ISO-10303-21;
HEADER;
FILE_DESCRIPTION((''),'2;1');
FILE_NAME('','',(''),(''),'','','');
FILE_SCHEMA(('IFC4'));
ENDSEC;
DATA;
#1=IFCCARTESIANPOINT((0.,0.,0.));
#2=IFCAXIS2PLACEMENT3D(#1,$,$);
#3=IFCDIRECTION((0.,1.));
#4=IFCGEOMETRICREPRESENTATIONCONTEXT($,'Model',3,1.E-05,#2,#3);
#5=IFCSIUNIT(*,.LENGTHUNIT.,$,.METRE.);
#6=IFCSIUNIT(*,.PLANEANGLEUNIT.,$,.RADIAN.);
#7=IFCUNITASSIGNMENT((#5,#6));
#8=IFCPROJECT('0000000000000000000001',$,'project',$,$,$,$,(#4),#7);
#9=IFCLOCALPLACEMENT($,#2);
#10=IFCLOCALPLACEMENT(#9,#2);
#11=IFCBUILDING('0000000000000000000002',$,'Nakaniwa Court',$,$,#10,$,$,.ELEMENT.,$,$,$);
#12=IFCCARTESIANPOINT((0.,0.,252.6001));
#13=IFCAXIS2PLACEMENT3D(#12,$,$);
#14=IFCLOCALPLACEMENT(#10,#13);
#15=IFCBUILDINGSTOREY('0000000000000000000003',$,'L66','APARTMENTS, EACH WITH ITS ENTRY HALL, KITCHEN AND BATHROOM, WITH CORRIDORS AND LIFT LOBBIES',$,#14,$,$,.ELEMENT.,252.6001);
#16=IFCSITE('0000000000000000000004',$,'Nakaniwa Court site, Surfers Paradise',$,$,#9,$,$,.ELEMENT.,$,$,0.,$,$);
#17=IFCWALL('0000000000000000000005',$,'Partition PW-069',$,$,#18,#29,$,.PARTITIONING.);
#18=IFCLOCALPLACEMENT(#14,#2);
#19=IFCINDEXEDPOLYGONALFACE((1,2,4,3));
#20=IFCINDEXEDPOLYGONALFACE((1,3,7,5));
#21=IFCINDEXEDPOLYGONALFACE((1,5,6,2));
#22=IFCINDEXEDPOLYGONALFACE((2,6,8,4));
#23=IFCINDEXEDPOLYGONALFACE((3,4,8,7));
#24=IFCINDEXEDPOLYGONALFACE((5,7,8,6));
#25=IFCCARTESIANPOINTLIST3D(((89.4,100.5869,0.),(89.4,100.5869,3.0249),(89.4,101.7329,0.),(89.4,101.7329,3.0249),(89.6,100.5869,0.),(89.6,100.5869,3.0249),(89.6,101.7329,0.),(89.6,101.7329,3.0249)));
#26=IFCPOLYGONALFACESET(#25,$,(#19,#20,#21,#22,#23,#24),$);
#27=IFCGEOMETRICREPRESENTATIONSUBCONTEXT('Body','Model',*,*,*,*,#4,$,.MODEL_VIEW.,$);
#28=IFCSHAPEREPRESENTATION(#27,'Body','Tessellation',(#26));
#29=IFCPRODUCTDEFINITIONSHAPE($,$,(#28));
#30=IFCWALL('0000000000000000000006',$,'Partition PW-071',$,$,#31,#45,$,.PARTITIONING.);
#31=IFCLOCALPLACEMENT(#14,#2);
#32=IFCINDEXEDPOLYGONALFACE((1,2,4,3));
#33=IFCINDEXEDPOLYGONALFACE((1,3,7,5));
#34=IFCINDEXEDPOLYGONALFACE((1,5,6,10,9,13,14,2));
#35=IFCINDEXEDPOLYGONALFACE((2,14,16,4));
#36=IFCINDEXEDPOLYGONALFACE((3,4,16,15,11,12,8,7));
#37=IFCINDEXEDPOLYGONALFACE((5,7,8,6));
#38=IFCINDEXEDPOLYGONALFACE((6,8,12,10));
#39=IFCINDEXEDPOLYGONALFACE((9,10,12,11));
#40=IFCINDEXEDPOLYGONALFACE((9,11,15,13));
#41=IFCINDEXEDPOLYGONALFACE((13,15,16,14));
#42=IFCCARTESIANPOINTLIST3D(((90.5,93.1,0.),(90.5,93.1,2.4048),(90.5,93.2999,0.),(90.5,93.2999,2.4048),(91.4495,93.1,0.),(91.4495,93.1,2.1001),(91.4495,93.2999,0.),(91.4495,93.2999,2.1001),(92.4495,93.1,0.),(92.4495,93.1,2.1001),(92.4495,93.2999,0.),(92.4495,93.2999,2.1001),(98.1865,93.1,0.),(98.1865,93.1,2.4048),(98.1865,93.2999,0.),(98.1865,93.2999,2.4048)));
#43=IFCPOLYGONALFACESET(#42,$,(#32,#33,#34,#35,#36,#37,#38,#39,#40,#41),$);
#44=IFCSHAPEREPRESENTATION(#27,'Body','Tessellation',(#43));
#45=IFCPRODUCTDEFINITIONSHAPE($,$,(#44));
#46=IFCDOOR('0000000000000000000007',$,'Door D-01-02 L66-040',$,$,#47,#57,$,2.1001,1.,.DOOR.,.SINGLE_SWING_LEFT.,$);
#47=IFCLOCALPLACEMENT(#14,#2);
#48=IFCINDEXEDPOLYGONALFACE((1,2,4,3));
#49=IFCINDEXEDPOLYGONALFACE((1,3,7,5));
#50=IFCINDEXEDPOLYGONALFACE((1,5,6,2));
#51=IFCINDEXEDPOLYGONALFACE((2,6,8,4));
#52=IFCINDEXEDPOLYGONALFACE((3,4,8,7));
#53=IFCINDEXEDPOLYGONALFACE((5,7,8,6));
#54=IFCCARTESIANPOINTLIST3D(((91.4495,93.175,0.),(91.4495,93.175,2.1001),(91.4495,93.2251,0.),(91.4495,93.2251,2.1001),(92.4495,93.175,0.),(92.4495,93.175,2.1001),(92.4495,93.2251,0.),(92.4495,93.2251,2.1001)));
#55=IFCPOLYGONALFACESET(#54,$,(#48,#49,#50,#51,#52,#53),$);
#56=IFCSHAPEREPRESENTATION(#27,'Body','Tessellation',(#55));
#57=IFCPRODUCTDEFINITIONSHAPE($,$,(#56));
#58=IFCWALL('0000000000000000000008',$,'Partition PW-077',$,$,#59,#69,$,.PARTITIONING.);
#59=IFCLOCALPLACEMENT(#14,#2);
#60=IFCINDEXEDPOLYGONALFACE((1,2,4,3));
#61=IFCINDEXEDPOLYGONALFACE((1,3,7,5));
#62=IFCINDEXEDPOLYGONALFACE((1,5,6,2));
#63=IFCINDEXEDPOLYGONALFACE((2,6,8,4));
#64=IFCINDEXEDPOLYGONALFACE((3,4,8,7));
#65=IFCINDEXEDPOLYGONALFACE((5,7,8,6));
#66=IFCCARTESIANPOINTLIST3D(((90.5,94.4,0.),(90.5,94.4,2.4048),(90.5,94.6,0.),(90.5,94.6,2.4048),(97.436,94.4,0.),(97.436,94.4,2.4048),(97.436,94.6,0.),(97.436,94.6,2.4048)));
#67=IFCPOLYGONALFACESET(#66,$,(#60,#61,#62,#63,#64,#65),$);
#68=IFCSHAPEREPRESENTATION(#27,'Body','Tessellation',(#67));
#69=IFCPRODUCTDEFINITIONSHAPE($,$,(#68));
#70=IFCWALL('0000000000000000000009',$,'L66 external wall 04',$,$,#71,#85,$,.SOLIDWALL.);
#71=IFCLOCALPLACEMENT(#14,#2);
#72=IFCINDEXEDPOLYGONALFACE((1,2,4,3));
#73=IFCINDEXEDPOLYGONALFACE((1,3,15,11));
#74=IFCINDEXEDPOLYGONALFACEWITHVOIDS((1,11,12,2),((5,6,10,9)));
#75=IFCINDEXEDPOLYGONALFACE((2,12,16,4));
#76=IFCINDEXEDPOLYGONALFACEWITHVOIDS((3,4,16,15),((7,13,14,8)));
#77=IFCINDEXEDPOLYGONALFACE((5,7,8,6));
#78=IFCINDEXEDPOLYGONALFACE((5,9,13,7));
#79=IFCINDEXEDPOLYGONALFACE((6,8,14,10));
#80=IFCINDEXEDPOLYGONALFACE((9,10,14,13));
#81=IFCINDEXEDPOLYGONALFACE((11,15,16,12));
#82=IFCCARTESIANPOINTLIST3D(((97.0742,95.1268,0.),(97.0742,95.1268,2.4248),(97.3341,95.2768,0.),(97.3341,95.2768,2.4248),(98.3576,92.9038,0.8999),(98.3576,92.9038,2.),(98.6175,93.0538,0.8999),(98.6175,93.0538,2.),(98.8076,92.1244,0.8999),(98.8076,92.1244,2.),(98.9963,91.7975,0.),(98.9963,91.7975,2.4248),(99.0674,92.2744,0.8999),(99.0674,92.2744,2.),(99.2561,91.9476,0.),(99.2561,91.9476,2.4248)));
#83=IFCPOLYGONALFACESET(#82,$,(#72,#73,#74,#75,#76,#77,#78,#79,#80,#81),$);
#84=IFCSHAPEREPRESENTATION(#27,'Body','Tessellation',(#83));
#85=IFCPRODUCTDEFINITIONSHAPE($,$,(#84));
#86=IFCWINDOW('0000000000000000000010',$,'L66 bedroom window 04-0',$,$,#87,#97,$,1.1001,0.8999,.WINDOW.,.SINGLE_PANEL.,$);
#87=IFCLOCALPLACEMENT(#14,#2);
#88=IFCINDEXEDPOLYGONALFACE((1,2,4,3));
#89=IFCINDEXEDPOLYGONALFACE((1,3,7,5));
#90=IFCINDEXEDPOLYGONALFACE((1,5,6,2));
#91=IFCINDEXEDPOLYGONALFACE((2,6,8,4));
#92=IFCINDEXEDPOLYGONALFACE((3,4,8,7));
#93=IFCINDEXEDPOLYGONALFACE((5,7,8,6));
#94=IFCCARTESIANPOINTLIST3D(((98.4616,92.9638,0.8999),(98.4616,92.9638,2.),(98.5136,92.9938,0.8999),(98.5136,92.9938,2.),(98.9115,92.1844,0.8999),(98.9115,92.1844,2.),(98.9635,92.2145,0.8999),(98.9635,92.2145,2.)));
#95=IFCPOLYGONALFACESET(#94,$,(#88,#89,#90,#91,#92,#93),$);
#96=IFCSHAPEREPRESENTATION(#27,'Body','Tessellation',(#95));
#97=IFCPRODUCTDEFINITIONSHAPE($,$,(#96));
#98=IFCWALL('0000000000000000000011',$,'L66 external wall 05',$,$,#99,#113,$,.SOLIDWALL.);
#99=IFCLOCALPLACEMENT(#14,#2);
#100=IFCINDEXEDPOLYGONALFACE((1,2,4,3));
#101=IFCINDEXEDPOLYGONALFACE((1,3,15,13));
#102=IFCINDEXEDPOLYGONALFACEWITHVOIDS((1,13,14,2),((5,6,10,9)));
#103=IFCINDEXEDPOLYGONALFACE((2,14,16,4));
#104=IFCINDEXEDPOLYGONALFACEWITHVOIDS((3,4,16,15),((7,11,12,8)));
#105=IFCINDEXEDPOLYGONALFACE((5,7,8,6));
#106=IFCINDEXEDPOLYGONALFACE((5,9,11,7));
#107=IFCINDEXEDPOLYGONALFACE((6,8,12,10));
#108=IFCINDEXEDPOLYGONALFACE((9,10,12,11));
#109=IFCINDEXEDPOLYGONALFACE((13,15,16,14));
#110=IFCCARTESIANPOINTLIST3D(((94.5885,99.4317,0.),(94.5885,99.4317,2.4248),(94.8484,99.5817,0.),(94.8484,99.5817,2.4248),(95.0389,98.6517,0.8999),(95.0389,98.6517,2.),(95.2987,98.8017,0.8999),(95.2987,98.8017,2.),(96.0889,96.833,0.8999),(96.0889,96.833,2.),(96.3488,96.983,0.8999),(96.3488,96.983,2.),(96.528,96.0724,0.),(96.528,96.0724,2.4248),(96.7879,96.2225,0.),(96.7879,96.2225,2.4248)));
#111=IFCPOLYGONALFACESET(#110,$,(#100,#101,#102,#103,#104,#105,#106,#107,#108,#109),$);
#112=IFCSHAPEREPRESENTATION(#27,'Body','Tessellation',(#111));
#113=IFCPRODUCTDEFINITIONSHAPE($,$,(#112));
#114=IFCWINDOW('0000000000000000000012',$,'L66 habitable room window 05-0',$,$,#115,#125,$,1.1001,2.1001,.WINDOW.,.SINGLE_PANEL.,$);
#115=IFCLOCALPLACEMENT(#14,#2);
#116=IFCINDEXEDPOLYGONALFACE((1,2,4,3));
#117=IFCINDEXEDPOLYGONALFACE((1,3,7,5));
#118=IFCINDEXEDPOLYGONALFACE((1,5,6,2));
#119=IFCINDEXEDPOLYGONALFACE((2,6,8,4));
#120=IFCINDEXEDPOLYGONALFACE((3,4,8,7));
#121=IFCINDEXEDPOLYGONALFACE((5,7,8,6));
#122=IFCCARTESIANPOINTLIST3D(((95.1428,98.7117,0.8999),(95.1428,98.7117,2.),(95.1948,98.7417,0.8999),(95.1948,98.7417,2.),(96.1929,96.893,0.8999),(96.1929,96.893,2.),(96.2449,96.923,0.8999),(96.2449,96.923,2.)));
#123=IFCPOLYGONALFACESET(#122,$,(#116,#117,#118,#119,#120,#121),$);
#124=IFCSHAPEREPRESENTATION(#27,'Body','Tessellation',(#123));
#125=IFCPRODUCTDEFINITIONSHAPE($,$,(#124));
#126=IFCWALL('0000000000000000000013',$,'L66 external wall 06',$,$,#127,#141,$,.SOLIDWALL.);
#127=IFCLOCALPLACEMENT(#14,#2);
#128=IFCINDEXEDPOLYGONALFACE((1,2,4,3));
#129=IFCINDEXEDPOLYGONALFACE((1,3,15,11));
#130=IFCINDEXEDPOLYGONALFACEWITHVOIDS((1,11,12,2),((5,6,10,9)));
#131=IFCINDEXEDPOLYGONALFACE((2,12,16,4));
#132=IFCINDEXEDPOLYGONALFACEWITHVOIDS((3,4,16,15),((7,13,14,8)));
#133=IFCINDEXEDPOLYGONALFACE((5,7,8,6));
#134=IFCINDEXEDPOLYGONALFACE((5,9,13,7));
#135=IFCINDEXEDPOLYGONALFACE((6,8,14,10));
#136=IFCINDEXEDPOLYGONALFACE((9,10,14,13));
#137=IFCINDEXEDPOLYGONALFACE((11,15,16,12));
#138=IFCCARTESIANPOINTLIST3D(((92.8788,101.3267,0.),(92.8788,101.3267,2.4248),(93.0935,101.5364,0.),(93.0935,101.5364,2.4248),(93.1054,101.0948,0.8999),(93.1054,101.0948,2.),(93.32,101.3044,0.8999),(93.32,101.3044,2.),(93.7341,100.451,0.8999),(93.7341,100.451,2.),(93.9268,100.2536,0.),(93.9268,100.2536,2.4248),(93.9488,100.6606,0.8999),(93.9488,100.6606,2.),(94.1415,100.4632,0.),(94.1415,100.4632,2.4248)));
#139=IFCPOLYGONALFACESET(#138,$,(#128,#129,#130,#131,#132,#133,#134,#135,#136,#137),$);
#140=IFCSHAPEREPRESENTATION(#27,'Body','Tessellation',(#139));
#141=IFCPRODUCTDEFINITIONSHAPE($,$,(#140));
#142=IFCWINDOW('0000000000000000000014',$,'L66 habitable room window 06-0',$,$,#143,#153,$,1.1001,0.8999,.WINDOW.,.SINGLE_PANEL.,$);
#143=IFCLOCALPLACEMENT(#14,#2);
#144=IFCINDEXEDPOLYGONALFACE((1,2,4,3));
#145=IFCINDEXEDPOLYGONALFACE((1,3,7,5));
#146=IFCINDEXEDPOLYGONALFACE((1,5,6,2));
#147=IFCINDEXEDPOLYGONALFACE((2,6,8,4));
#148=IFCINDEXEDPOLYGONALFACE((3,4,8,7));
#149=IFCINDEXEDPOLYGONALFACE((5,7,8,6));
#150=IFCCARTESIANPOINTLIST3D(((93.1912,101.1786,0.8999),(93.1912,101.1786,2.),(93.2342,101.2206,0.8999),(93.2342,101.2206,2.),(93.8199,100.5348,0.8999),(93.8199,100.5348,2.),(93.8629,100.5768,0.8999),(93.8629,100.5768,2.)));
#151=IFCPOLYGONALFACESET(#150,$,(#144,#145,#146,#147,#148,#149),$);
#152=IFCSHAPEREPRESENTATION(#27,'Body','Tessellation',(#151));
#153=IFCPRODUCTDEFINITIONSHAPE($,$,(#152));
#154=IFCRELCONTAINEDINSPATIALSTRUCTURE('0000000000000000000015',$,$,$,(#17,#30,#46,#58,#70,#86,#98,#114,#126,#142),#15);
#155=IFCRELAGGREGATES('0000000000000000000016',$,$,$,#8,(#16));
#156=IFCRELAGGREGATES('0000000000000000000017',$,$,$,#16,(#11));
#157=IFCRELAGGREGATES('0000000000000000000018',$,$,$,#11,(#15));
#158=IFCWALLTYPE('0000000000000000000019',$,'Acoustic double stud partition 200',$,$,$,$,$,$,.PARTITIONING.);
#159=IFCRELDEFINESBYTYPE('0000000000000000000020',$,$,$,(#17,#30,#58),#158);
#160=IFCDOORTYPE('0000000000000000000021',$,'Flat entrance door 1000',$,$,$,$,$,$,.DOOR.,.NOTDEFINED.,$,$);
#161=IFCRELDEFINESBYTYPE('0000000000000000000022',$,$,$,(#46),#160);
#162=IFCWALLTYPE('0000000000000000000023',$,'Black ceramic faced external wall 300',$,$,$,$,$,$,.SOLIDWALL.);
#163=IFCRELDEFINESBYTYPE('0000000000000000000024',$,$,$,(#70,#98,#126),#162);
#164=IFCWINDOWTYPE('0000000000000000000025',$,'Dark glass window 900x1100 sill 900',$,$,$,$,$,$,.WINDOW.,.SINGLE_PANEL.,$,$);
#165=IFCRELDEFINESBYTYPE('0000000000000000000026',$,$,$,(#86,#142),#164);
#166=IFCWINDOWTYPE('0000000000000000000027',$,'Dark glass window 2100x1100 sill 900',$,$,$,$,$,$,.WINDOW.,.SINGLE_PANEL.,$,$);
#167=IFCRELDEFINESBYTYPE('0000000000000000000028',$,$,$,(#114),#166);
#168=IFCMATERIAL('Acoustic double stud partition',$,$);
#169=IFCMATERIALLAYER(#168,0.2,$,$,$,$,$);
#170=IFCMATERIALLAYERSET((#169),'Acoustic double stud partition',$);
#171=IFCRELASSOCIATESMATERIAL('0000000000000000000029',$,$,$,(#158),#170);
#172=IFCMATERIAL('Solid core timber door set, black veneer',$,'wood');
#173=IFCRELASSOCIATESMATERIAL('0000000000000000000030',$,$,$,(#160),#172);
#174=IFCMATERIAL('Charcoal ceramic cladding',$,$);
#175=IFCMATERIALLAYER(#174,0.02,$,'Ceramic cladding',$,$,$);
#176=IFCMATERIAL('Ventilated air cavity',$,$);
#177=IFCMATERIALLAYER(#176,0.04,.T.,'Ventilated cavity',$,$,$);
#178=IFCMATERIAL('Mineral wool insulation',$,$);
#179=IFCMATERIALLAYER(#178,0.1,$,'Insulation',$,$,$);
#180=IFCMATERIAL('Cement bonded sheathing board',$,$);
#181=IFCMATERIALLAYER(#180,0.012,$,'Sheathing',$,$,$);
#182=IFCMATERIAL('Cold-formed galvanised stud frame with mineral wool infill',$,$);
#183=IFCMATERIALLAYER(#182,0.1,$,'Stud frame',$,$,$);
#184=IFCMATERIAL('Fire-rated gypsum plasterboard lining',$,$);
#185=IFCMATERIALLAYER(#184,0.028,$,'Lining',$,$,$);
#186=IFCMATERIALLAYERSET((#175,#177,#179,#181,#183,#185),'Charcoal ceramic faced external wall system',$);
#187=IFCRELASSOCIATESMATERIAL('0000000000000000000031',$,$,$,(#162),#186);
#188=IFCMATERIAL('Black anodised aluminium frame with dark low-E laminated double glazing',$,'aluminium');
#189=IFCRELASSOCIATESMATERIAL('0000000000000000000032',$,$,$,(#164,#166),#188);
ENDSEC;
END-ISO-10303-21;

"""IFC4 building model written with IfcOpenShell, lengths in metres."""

from ifc_helpers import new_model, si_unit, direction, frame, frame_2d, origin, place, context, subcontext, project, spatial, rectangle, extrude, material, layer, layer_set, type_object, element, fill, save


model = new_model("IFC4")

# Units and contexts
model_context = context("Model", 3, precision=1e-05, world=origin(), true_north=direction((0.0, 1.0)))
body_context = subcontext(model_context, "Body", "Model", "MODEL_VIEW")
ifc_project = project(units=[si_unit("LENGTHUNIT", "METRE"), si_unit("PLANEANGLEUNIT", "RADIAN")], contexts=[model_context])

# Site, building, storey
site_placement = place(None, origin())
site = spatial("IfcSite", under=ifc_project, at=site_placement, Name="Nakaniwa Court site, Surfers Paradise", CompositionType="ELEMENT", RefElevation=0.0)
building_placement = place(site_placement, origin())
building = spatial("IfcBuilding", under=site, at=building_placement, Name="Nakaniwa Court", CompositionType="ELEMENT")
storey_placement = place(building_placement, frame((0.0, 0.0, 252.6001)))
storey = spatial("IfcBuildingStorey", under=building, at=storey_placement, Name="L66", Description="APARTMENTS, EACH WITH ITS ENTRY HALL, KITCHEN AND BATHROOM, WITH CORRIDORS AND LIFT LOBBIES", CompositionType="ELEMENT", Elevation=252.6001)

# Shared definitions
ifc_material_1 = material(Name="Acoustic double stud partition")
ifc_layer_1 = layer(ifc_material_1, 0.2)
ifc_layer_set_1 = layer_set([ifc_layer_1], Name="Acoustic double stud partition")
wall_type_1 = type_object("IfcWallType", Name="Acoustic double stud partition 200", PredefinedType="PARTITIONING", material=ifc_layer_set_1)
ifc_material_2 = material(Name="Solid core timber door set, black veneer", Category="wood")

# Wall
wall_1_placement = place(storey_placement, frame((89.5, 100.5869, 0.0), z_axis=(0.0, 0.0, 1.0), x_axis=(0.0, 1.0, 0.0)))
element("IfcWall", 1, at=wall_1_placement, inside=storey, type_object=wall_type_1, Name="Partition PW-069", PredefinedType="PARTITIONING", context=body_context, shape_type="SweptSolid", body=[
    extrude(rectangle(XDim=1.146, YDim=0.2, at=frame_2d((0.573, 0.0))), origin(), (0.0, 0.0, 1.0), 3.0249),
])

# Wall, opening, door
wall_2_placement = place(storey_placement, frame((98.1865, 93.2, 0.0), z_axis=(0.0, 0.0, 1.0), x_axis=(-1.0, 0.0, 0.0)))
wall_2 = element("IfcWall", 2, at=wall_2_placement, inside=storey, type_object=wall_type_1, Name="Partition PW-071", PredefinedType="PARTITIONING", context=body_context, shape_type="SweptSolid", body=[
    extrude(rectangle(XDim=7.6865, YDim=0.2, at=frame_2d((3.8433, 0.0))), origin(), (0.0, 0.0, 1.0), 2.4048),
])
opening_1_placement = place(wall_2_placement, frame((5.7371, 0.0, 0.0)))
opening_1 = element("IfcOpeningElement", 3, at=opening_1_placement, cuts=wall_2, PredefinedType="OPENING", context=body_context, shape_type="SweptSolid", body=[
    extrude(rectangle(XDim=1.0, YDim=2.1001, at=frame_2d((0.5, 1.05))), frame((0.0, 0.1099, 0.0), z_axis=(0.0, -1.0, 0.0), x_axis=(1.0, 0.0, 0.0)), (0.0, 0.0, 1.0), 0.22),
])
door_type_1 = type_object("IfcDoorType", Name="Flat entrance door 1000", OperationType="NOTDEFINED", PredefinedType="DOOR", material=ifc_material_2)
door_1_placement = place(opening_1_placement, origin())
door_1 = element("IfcDoor", 4, at=door_1_placement, inside=storey, type_object=door_type_1, Name="Door D-01-02 L66-040", OperationType="SINGLE_SWING_LEFT", OverallHeight=2.1001, OverallWidth=1.0, PredefinedType="DOOR", context=body_context, shape_type="SweptSolid", body=[
    extrude(rectangle(XDim=1.0, YDim=2.1001, at=frame_2d((0.5, 1.05))), frame((0.0, 0.0249, 0.0), z_axis=(0.0, -1.0, 0.0), x_axis=(1.0, 0.0, 0.0)), (0.0, 0.0, 1.0), 0.05),
])
fill(opening_1, door_1)

# Wall
wall_3_placement = place(storey_placement, frame((90.5, 94.5, 0.0), z_axis=(0.0, 0.0, 1.0), x_axis=(1.0, 0.0, 0.0)))
element("IfcWall", 5, at=wall_3_placement, inside=storey, type_object=wall_type_1, Name="Partition PW-077", PredefinedType="PARTITIONING", context=body_context, shape_type="SweptSolid", body=[
    extrude(rectangle(XDim=6.936, YDim=0.2, at=frame_2d((3.468, 0.0))), origin(), (0.0, 0.0, 1.0), 2.4048),
])

# Walls, openings, windows
ifc_material_3 = material(Name="Charcoal ceramic cladding")
ifc_layer_2 = layer(ifc_material_3, 0.02, Name="Ceramic cladding")
ifc_material_4 = material(Name="Ventilated air cavity")
ifc_layer_3 = layer(ifc_material_4, 0.04, ventilated=True, Name="Ventilated cavity")
ifc_material_5 = material(Name="Mineral wool insulation")
ifc_layer_4 = layer(ifc_material_5, 0.1, Name="Insulation")
ifc_material_6 = material(Name="Cement bonded sheathing board")
ifc_layer_5 = layer(ifc_material_6, 0.012, Name="Sheathing")
ifc_material_7 = material(Name="Cold-formed galvanised stud frame with mineral wool infill")
ifc_layer_6 = layer(ifc_material_7, 0.1, Name="Stud frame")
ifc_material_8 = material(Name="Fire-rated gypsum plasterboard lining")
ifc_layer_7 = layer(ifc_material_8, 0.028, Name="Lining")
ifc_layer_set_2 = layer_set([ifc_layer_2, ifc_layer_3, ifc_layer_4, ifc_layer_5, ifc_layer_6, ifc_layer_7], Name="Charcoal ceramic faced external wall system")
wall_type_2 = type_object("IfcWallType", Name="Black ceramic faced external wall 300", PredefinedType="SOLIDWALL", material=ifc_layer_set_2)
wall_4_placement = place(storey_placement, frame((99.1262, 91.8726, 0.0), z_axis=(0.0, 0.0, 1.0), x_axis=(-0.499984, 0.866034, 0.0)))
wall_4 = element("IfcWall", 6, at=wall_4_placement, inside=storey, type_object=wall_type_2, Name="L66 external wall 04", PredefinedType="SOLIDWALL", context=body_context, shape_type="SweptSolid", body=[
    extrude(rectangle(XDim=3.8442, YDim=0.3, at=frame_2d((1.9221, 0.0))), origin(), (0.0, 0.0, 1.0), 2.4248),
])
opening_2_placement = place(wall_4_placement, frame((0.3774, 0.0, 0.8999)))
opening_2 = element("IfcOpeningElement", 7, at=opening_2_placement, cuts=wall_4, PredefinedType="OPENING", context=body_context, shape_type="SweptSolid", body=[
    extrude(rectangle(XDim=0.8999, YDim=1.1001, at=frame_2d((0.45, 0.55))), frame((0.0, 0.1599, 0.0), z_axis=(0.0, -1.0, 0.0), x_axis=(1.0, 0.0, 0.0)), (0.0, 0.0, 1.0), 0.3201),
])
ifc_material_9 = material(Name="Black anodised aluminium frame with dark low-E laminated double glazing", Category="aluminium")
window_type_1 = type_object("IfcWindowType", Name="Dark glass window 900x1100 sill 900", PartitioningType="SINGLE_PANEL", PredefinedType="WINDOW", material=ifc_material_9)
window_1_placement = place(opening_2_placement, origin())
window_1 = element("IfcWindow", 8, at=window_1_placement, inside=storey, type_object=window_type_1, Name="L66 bedroom window 04-0", OverallHeight=1.1001, OverallWidth=0.8999, PartitioningType="SINGLE_PANEL", PredefinedType="WINDOW", context=body_context, shape_type="SweptSolid", body=[
    extrude(rectangle(XDim=0.8999, YDim=1.1001, at=frame_2d((0.45, 0.55))), frame((0.0, 0.03, 0.0), z_axis=(0.0, -1.0, 0.0), x_axis=(1.0, 0.0, 0.0)), (0.0, 0.0, 1.0), 0.0601),
])
fill(opening_2, window_1)
wall_5_placement = place(storey_placement, frame((96.658, 96.1475, 0.0), z_axis=(0.0, 0.0, 1.0), x_axis=(-0.500011, 0.866019, 0.0)))
wall_5 = element("IfcWall", 9, at=wall_5_placement, inside=storey, type_object=wall_type_2, Name="L66 external wall 05", PredefinedType="SOLIDWALL", context=body_context, shape_type="SweptSolid", body=[
    extrude(rectangle(XDim=3.8789, YDim=0.3, at=frame_2d((1.9395, 0.0))), origin(), (0.0, 0.0, 1.0), 2.4248),
])
opening_3_placement = place(wall_5_placement, frame((0.8782, 0.0, 0.8999)))
opening_3 = element("IfcOpeningElement", 10, at=opening_3_placement, cuts=wall_5, PredefinedType="OPENING", context=body_context, shape_type="SweptSolid", body=[
    extrude(rectangle(XDim=2.1001, YDim=1.1001, at=frame_2d((1.05, 0.55))), frame((0.0, 0.1599, 0.0), z_axis=(0.0, -1.0, 0.0), x_axis=(1.0, 0.0, 0.0)), (0.0, 0.0, 1.0), 0.3201),
])
window_type_2 = type_object("IfcWindowType", Name="Dark glass window 2100x1100 sill 900", PartitioningType="SINGLE_PANEL", PredefinedType="WINDOW", material=ifc_material_9)
window_2_placement = place(opening_3_placement, origin())
window_2 = element("IfcWindow", 11, at=window_2_placement, inside=storey, type_object=window_type_2, Name="L66 habitable room window 05-0", OverallHeight=1.1001, OverallWidth=2.1001, PartitioningType="SINGLE_PANEL", PredefinedType="WINDOW", context=body_context, shape_type="SweptSolid", body=[
    extrude(rectangle(XDim=2.1001, YDim=1.1001, at=frame_2d((1.05, 0.55))), frame((0.0, 0.03, 0.0), z_axis=(0.0, -1.0, 0.0), x_axis=(1.0, 0.0, 0.0)), (0.0, 0.0, 1.0), 0.0601),
])
fill(opening_3, window_2)
wall_6_placement = place(storey_placement, frame((94.0342, 100.3584, 0.0), z_axis=(0.0, 0.0, 1.0), x_axis=(-0.698676, 0.715439, 0.0)))
wall_6 = element("IfcWall", 12, at=wall_6_placement, inside=storey, type_object=wall_type_2, Name="L66 external wall 06", PredefinedType="SOLIDWALL", context=body_context, shape_type="SweptSolid", body=[
    extrude(rectangle(XDim=1.5, YDim=0.3, at=frame_2d((0.75, 0.0))), origin(), (0.0, 0.0, 1.0), 2.4248),
])
opening_4_placement = place(wall_6_placement, frame((0.2759, 0.0, 0.8999)))
opening_4 = element("IfcOpeningElement", 13, at=opening_4_placement, cuts=wall_6, PredefinedType="OPENING", context=body_context, shape_type="SweptSolid", body=[
    extrude(rectangle(XDim=0.8999, YDim=1.1001, at=frame_2d((0.45, 0.55))), frame((0.0, 0.1599, 0.0), z_axis=(0.0, -1.0, 0.0), x_axis=(1.0, 0.0, 0.0)), (0.0, 0.0, 1.0), 0.3201),
])
window_3_placement = place(opening_4_placement, origin())
window_3 = element("IfcWindow", 14, at=window_3_placement, inside=storey, type_object=window_type_1, Name="L66 habitable room window 06-0", OverallHeight=1.1001, OverallWidth=0.8999, PartitioningType="SINGLE_PANEL", PredefinedType="WINDOW", context=body_context, shape_type="SweptSolid", body=[
    extrude(rectangle(XDim=0.8999, YDim=1.1001, at=frame_2d((0.45, 0.55))), frame((0.0, 0.03, 0.0), z_axis=(0.0, -1.0, 0.0), x_axis=(1.0, 0.0, 0.0)), (0.0, 0.0, 1.0), 0.0601),
])
fill(opening_4, window_3)

save(model, "model.ifc")
